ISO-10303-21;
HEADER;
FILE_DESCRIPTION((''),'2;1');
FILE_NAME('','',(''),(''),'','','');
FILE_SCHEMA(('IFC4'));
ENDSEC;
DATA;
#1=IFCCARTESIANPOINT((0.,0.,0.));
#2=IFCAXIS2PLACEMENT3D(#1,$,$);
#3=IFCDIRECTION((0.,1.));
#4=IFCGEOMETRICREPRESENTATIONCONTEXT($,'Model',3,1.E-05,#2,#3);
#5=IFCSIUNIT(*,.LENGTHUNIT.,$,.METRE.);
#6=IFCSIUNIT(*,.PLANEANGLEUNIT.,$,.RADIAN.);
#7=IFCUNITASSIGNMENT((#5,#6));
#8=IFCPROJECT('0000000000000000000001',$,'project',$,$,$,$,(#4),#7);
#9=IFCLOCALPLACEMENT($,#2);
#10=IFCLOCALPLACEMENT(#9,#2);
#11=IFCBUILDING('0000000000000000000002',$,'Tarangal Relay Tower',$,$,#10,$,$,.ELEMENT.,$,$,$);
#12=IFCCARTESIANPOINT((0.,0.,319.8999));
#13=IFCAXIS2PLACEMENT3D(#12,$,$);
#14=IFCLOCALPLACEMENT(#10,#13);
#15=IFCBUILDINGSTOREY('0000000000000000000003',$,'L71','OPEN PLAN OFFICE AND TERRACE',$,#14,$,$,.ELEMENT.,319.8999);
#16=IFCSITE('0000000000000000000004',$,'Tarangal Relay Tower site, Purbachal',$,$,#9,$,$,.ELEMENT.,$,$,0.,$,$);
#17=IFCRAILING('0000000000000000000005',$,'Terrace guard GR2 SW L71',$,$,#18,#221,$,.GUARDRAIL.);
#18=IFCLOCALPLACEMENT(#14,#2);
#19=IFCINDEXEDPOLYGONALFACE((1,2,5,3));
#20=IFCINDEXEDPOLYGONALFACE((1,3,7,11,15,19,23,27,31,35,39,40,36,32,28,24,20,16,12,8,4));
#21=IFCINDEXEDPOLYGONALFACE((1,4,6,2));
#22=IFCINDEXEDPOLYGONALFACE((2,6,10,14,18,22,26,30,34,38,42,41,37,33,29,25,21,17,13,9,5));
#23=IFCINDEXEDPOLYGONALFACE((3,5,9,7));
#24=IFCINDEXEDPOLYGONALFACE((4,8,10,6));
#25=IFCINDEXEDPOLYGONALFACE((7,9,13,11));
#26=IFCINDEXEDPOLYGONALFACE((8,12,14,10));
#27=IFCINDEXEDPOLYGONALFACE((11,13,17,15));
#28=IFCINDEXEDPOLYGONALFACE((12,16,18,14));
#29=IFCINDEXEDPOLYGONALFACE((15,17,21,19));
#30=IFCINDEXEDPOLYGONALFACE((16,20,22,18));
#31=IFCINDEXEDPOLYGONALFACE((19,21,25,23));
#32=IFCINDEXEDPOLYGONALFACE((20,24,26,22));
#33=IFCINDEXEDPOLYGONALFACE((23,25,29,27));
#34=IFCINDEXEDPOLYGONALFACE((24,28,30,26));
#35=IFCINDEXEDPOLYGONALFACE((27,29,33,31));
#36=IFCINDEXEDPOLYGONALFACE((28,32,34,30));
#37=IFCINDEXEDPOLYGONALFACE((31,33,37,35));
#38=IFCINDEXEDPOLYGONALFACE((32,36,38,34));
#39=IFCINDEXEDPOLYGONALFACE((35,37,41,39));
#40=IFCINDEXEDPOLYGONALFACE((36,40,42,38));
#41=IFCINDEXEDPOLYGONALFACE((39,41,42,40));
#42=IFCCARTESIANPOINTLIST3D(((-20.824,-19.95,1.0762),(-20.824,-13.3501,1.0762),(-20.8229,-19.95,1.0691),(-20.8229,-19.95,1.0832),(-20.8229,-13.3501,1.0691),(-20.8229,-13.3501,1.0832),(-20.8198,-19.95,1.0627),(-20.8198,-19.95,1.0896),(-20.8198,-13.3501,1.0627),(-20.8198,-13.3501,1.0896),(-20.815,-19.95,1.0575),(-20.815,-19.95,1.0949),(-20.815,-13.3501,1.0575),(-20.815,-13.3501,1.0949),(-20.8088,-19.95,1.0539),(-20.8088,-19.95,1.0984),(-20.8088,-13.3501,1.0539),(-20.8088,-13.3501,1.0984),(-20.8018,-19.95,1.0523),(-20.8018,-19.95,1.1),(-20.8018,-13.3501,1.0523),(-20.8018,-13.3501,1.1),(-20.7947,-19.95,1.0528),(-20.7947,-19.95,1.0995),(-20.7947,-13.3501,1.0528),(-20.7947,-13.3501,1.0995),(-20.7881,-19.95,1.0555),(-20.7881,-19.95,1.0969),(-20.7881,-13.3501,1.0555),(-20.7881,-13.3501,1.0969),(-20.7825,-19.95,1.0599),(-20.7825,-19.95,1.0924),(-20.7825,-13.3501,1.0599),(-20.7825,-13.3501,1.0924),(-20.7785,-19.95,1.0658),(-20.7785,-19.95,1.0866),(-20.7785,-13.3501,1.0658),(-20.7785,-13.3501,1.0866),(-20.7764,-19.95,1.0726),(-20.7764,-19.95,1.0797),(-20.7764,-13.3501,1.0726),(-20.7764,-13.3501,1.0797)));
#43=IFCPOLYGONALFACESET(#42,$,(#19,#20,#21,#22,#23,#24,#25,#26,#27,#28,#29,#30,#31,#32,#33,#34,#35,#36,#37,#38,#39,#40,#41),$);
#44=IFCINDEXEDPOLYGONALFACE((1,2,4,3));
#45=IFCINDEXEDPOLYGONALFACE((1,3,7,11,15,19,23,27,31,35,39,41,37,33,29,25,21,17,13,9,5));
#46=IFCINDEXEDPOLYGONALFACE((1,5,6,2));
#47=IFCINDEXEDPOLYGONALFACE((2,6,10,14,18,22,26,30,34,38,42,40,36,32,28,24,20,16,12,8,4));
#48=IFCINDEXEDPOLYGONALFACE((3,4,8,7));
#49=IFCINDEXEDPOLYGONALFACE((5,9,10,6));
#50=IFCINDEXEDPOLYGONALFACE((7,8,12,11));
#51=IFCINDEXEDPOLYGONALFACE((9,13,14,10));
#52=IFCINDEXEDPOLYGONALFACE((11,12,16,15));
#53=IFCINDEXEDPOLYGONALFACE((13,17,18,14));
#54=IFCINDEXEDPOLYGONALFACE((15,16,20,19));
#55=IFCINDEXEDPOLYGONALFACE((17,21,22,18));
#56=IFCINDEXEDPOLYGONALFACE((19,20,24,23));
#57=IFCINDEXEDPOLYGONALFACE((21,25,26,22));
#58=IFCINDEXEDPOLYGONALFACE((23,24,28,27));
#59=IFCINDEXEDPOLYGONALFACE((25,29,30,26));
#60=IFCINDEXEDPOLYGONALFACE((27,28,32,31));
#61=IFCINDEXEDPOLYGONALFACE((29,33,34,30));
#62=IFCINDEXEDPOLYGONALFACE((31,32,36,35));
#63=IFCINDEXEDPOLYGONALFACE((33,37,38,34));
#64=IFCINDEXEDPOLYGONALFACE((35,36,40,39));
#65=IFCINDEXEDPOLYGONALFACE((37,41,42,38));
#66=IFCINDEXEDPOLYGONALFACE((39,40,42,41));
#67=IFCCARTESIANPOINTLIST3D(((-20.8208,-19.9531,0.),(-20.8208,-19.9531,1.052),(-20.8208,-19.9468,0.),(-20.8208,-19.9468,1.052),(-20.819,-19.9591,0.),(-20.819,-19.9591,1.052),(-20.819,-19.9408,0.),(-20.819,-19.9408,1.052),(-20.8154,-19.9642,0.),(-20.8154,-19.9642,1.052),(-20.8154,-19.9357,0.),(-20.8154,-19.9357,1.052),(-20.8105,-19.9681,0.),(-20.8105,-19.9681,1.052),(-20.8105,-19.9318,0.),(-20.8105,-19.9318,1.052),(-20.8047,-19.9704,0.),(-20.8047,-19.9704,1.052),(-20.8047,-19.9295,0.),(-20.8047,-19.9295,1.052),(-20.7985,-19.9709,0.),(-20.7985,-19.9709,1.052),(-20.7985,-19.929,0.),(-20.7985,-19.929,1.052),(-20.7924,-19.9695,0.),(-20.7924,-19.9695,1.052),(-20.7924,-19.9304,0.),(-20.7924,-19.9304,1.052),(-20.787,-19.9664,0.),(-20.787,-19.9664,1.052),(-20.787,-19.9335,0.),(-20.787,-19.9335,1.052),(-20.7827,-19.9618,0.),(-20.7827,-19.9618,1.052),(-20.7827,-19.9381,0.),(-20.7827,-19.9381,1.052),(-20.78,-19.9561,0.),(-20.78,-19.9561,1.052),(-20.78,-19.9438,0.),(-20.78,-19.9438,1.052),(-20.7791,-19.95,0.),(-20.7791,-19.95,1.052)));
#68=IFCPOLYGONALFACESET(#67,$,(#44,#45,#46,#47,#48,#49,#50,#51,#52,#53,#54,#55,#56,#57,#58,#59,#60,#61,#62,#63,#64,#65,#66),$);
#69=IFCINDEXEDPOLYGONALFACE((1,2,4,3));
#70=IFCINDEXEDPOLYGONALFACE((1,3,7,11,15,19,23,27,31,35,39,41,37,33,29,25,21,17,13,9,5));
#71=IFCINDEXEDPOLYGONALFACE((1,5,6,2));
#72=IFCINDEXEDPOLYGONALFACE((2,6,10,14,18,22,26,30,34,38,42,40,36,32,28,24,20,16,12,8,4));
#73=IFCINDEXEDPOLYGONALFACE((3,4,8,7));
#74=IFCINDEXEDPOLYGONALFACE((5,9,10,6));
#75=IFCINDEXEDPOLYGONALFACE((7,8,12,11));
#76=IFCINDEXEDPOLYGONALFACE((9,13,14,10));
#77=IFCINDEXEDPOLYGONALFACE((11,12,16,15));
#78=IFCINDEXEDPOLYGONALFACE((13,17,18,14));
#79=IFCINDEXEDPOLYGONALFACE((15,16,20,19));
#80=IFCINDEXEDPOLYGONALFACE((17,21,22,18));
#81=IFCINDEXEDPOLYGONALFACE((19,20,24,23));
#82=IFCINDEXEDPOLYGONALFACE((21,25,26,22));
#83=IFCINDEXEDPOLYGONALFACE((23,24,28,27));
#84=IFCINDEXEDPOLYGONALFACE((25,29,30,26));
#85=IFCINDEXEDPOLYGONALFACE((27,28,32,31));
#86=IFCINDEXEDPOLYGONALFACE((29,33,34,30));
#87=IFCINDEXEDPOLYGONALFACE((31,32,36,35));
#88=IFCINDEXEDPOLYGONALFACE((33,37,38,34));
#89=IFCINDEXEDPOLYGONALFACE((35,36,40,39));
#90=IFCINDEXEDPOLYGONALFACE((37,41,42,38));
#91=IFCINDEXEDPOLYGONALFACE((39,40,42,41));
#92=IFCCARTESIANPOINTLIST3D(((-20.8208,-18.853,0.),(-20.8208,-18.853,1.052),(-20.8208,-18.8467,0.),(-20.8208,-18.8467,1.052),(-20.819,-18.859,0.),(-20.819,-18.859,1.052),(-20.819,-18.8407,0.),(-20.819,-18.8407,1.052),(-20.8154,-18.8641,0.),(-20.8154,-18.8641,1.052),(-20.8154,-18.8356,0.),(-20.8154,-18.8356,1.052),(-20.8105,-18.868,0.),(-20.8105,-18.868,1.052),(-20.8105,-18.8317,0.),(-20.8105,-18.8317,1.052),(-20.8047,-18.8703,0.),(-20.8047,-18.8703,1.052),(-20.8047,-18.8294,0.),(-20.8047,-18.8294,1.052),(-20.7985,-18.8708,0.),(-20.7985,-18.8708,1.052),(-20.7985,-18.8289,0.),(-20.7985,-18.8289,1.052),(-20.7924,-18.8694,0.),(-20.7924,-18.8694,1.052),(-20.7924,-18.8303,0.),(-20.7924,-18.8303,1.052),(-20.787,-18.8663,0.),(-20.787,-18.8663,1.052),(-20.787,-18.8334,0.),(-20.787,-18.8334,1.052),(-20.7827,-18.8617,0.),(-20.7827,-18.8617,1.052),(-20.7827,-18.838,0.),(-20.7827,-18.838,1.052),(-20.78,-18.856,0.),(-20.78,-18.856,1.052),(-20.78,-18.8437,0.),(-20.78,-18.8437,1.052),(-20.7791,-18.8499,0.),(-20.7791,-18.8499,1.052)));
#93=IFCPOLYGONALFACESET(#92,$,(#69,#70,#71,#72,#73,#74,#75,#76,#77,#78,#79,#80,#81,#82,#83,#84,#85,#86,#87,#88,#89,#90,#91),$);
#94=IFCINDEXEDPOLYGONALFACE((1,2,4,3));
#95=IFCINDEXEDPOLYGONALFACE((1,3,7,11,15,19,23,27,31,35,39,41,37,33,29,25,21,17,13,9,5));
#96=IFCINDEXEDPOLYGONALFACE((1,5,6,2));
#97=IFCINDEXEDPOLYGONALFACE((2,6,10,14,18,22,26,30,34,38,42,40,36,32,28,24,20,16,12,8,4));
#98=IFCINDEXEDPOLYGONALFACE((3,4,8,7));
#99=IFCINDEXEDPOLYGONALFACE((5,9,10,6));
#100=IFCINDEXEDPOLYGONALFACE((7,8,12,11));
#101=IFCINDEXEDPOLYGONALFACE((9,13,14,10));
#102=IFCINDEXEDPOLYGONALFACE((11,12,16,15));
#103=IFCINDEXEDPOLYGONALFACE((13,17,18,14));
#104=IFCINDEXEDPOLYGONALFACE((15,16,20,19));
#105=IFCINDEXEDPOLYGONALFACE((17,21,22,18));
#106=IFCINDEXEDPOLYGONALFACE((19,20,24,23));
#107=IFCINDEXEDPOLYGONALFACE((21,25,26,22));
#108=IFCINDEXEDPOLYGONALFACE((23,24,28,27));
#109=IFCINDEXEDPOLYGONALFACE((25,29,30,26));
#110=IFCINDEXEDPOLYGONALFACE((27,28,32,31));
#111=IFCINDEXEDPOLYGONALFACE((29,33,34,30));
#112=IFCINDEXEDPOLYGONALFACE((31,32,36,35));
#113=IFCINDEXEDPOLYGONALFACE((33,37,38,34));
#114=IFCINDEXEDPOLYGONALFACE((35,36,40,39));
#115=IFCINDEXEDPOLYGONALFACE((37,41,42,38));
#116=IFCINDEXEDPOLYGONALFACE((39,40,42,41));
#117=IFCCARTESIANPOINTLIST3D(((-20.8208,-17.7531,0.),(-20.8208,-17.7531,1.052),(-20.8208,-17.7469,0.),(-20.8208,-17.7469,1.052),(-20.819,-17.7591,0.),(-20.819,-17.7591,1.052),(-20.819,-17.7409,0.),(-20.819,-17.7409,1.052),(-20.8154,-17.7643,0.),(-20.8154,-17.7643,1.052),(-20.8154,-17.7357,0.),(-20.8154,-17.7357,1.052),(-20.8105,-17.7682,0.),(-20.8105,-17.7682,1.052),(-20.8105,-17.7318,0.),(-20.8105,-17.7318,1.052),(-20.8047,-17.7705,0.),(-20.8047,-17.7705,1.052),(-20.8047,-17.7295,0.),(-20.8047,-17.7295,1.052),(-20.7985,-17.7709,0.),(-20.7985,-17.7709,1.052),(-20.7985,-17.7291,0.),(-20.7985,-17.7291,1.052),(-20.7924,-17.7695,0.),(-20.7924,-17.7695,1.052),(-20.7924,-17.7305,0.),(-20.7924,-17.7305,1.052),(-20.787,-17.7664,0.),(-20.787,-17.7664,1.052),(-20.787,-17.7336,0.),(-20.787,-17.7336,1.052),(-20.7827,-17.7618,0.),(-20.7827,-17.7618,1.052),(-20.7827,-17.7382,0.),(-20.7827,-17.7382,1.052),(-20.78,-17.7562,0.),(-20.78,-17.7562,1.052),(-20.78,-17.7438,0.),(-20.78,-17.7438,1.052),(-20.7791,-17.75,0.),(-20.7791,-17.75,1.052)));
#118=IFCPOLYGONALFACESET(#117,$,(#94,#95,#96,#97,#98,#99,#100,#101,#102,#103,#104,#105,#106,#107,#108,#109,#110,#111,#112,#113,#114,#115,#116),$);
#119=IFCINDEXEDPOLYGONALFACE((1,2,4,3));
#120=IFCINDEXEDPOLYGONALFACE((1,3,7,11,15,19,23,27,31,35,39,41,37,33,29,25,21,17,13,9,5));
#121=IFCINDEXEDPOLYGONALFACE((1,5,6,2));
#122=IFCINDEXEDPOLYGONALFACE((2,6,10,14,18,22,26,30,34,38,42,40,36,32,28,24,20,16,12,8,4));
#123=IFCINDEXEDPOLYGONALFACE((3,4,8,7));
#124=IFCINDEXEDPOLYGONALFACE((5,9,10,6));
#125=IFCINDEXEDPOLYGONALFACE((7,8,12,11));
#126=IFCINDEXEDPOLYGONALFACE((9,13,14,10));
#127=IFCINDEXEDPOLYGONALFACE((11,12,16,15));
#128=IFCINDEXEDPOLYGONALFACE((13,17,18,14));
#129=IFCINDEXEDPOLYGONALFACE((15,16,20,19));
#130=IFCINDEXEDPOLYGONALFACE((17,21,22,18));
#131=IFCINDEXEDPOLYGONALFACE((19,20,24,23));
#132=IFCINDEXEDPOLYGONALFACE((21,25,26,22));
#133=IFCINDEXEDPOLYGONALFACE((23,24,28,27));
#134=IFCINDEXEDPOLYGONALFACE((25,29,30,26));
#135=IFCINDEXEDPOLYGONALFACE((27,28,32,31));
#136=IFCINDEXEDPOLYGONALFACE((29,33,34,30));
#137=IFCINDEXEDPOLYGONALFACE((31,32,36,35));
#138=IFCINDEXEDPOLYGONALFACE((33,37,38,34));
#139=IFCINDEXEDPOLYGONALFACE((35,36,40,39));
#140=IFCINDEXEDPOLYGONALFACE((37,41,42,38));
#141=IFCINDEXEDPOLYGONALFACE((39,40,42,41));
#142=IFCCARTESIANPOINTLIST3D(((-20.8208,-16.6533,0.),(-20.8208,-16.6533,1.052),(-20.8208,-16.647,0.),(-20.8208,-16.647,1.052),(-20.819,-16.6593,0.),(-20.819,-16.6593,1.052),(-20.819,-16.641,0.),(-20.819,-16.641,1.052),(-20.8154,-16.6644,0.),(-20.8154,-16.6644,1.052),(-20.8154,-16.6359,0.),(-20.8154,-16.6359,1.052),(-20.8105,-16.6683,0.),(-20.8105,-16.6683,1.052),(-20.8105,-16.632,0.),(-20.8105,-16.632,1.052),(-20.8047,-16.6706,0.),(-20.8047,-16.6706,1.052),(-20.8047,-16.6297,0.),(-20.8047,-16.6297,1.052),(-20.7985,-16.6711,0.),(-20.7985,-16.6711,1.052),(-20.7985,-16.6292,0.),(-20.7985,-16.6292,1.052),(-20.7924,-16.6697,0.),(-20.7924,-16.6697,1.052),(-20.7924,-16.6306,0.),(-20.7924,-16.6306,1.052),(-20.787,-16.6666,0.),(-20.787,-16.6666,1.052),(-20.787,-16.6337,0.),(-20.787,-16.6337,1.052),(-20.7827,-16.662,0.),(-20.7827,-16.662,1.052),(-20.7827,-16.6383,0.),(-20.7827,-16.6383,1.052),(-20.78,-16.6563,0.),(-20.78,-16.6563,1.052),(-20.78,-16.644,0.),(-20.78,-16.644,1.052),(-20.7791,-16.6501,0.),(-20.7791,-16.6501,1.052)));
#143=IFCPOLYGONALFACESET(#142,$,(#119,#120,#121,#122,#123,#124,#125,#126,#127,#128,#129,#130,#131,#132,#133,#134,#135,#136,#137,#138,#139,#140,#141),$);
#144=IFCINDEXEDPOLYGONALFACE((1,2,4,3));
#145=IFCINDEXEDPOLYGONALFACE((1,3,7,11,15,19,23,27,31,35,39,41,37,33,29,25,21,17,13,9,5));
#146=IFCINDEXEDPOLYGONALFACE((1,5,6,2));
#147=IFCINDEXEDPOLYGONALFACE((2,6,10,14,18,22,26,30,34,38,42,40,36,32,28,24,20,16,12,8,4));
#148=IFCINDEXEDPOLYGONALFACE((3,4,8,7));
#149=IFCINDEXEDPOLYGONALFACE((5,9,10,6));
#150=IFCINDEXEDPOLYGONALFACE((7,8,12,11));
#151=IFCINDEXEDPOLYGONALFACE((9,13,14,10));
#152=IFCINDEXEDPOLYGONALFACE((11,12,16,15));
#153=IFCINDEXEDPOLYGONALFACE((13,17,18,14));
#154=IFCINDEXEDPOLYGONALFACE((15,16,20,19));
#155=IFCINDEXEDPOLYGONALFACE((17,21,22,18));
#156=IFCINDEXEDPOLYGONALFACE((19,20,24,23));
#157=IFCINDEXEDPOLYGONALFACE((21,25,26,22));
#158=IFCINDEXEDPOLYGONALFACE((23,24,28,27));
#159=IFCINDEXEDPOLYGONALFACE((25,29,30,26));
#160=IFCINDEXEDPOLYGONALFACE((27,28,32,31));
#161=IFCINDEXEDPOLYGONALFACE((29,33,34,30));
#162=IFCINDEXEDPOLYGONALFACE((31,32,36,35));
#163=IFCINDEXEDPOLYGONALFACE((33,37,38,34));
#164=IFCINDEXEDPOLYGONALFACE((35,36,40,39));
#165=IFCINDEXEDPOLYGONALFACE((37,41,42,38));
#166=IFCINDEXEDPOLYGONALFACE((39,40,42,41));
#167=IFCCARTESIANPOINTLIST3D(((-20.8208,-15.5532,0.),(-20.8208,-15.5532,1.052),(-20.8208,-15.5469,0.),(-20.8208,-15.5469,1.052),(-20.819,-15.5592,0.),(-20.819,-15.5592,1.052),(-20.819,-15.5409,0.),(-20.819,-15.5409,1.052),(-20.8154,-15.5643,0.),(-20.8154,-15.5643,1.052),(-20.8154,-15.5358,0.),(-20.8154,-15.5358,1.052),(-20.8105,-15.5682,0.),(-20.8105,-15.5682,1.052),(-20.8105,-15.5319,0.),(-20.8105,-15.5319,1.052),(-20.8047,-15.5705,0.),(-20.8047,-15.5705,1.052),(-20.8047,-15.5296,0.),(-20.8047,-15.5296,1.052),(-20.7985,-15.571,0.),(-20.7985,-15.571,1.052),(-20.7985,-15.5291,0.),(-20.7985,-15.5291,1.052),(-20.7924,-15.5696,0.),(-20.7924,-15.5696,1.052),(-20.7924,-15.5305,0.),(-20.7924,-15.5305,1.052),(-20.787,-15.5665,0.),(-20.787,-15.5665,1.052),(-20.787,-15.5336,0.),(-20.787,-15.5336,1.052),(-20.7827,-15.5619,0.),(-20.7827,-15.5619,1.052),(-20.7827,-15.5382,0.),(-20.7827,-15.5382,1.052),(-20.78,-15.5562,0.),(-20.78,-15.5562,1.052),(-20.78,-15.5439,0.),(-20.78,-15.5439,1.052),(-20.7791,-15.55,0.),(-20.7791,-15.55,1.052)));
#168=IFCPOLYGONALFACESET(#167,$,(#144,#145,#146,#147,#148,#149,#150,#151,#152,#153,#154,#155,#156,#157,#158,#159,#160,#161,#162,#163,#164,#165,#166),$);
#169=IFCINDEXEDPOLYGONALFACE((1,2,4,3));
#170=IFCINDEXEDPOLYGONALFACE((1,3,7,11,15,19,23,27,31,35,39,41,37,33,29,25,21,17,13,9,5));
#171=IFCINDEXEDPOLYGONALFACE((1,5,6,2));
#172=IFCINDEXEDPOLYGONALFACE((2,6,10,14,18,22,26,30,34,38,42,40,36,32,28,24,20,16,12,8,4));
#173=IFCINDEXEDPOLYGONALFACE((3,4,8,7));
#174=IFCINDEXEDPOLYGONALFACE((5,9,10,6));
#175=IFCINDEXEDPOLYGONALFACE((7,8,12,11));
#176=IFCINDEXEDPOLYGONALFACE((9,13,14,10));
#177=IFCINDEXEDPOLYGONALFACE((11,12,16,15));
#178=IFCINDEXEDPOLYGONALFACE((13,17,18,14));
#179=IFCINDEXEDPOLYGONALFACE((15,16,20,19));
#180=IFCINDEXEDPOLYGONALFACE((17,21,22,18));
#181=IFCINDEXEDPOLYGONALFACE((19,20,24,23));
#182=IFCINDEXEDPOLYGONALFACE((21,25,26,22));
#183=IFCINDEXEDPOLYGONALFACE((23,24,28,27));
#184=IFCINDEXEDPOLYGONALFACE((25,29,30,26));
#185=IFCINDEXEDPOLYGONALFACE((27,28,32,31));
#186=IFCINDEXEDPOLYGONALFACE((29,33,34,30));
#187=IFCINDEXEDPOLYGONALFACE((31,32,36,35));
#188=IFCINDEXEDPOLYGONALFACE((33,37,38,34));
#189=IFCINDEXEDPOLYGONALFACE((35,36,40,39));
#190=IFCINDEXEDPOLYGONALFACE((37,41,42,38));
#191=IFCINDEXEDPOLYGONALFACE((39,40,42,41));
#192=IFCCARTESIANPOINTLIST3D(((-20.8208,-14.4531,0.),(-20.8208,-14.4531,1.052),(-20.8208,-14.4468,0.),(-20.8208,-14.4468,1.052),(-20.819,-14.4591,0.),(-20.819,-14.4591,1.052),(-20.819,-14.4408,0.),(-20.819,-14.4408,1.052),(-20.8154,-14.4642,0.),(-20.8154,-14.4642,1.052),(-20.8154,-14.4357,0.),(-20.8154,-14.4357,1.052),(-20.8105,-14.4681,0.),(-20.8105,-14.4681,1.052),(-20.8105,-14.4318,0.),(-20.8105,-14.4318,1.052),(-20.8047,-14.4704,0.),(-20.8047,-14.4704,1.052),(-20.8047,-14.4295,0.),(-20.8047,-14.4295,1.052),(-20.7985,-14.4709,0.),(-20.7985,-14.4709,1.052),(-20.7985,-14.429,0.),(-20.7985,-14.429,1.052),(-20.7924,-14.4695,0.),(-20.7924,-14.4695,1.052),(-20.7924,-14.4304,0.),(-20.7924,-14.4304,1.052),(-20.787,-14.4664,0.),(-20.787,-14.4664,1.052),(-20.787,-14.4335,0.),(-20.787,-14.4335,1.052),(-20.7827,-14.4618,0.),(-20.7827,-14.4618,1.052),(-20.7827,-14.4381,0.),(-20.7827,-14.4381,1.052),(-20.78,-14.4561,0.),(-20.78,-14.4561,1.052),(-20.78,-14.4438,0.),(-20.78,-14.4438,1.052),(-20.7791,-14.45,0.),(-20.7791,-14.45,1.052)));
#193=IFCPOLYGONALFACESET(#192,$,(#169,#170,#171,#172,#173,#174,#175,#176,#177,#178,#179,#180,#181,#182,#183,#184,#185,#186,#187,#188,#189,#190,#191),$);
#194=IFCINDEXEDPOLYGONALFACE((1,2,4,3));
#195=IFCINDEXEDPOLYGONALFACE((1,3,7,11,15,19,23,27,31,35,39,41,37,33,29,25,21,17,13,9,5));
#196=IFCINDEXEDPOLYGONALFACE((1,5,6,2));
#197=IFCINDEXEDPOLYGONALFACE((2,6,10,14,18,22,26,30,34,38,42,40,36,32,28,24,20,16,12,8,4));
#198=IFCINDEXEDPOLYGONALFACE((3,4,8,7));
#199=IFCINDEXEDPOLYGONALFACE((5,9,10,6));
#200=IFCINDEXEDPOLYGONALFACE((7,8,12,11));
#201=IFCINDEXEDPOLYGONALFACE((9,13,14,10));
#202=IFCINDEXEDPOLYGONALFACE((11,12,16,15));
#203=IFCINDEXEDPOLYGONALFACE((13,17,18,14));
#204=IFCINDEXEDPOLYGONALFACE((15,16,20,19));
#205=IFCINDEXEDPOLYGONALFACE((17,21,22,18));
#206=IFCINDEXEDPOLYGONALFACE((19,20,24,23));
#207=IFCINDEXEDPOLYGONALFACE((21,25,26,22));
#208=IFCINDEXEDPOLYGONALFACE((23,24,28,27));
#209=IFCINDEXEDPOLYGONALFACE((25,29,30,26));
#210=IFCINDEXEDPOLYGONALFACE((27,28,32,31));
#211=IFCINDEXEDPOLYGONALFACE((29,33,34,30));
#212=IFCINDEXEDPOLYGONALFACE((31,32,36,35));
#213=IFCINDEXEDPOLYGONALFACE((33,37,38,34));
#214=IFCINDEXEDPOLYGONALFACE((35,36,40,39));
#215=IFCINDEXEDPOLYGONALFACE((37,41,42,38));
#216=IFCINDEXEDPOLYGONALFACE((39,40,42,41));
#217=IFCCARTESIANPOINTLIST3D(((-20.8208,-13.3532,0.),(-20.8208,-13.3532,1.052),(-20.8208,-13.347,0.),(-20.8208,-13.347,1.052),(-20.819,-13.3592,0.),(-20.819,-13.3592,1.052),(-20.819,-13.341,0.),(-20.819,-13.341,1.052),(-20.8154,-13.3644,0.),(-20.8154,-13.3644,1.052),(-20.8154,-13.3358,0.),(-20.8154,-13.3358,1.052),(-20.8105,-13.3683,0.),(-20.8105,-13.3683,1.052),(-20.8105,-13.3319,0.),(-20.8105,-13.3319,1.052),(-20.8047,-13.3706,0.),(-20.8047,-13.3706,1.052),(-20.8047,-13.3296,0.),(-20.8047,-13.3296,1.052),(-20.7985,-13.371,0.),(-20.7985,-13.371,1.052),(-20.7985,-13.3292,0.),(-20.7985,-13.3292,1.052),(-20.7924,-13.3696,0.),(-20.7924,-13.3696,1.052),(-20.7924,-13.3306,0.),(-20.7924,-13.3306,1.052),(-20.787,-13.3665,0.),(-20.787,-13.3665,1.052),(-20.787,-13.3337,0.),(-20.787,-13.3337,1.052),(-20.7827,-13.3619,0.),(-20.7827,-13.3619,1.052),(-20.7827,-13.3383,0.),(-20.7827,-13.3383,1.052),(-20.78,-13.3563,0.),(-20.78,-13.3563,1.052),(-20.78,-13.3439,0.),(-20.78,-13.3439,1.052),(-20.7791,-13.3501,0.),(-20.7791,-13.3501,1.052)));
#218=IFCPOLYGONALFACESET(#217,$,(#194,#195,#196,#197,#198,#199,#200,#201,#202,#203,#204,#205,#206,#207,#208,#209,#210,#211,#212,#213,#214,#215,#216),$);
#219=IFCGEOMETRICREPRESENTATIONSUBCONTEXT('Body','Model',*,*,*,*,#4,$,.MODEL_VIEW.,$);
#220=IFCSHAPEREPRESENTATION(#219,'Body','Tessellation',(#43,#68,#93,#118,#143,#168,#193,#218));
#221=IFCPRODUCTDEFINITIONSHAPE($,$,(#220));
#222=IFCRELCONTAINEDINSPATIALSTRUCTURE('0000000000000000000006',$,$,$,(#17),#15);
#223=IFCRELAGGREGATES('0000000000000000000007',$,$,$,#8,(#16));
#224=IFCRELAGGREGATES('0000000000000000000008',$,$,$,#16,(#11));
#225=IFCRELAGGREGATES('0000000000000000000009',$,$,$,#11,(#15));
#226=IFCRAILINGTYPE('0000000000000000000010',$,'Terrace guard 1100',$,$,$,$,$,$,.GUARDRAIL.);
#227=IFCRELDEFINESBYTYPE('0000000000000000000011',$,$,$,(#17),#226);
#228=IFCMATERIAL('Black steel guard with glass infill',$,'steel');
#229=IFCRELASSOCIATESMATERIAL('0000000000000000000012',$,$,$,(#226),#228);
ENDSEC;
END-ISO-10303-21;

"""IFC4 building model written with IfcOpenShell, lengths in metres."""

from ifc_helpers import new_model, si_unit, direction, frame, origin, origin_2d, place, context, subcontext, project, spatial, circle, extrude, material, type_object, element, save


model = new_model("IFC4")

# Units and contexts
model_context = context("Model", 3, precision=1e-05, world=origin(), true_north=direction((0.0, 1.0)))
body_context = subcontext(model_context, "Body", "Model", "MODEL_VIEW")
ifc_project = project(units=[si_unit("LENGTHUNIT", "METRE"), si_unit("PLANEANGLEUNIT", "RADIAN")], contexts=[model_context])

# Site, building, storey
site_placement = place(None, origin())
site = spatial("IfcSite", under=ifc_project, at=site_placement, Name="Tarangal Relay Tower site, Purbachal", CompositionType="ELEMENT", RefElevation=0.0)
building_placement = place(site_placement, origin())
building = spatial("IfcBuilding", under=site, at=building_placement, Name="Tarangal Relay Tower", CompositionType="ELEMENT")
storey_placement = place(building_placement, frame((0.0, 0.0, 319.8999)))
storey = spatial("IfcBuildingStorey", under=building, at=storey_placement, Name="L71", Description="OPEN PLAN OFFICE AND TERRACE", CompositionType="ELEMENT", Elevation=319.8999)

# Railing
ifc_material_1 = material(Name="Black steel guard with glass infill", Category="steel")
railing_type = type_object("IfcRailingType", Name="Terrace guard 1100", PredefinedType="GUARDRAIL", material=ifc_material_1)
railing_1_placement = place(storey_placement, frame((-20.8, -19.95, 0.0)))
element("IfcRailing", 1, at=railing_1_placement, inside=storey, type_object=railing_type, Name="Terrace guard GR2 SW L71", PredefinedType="GUARDRAIL", context=body_context, shape_type="SweptSolid", body=[
    extrude(circle(Radius=0.0239, at=origin_2d()), frame((0.0, 0.0, 1.0762), z_axis=(0.0, 1.0, 0.0), x_axis=(-1.0, 0.0, 0.0)), (0.0, 0.0, 1.0), 6.5999),
    extrude(circle(Radius=0.021, at=origin_2d()), origin(), (0.0, 0.0, 1.0), 1.052),
    extrude(circle(Radius=0.021, at=origin_2d()), frame((0.0, 1.1001, 0.0)), (0.0, 0.0, 1.0), 1.052),
    extrude(circle(Radius=0.021, at=origin_2d()), frame((0.0, 2.2, 0.0)), (0.0, 0.0, 1.0), 1.052),
    extrude(circle(Radius=0.021, at=origin_2d()), frame((0.0, 3.2998, 0.0)), (0.0, 0.0, 1.0), 1.052),
    extrude(circle(Radius=0.021, at=origin_2d()), frame((0.0, 4.3999, 0.0)), (0.0, 0.0, 1.0), 1.052),
    extrude(circle(Radius=0.021, at=origin_2d()), frame((0.0, 5.5, 0.0)), (0.0, 0.0, 1.0), 1.052),
    extrude(circle(Radius=0.021, at=origin_2d()), frame((0.0, 6.5999, 0.0)), (0.0, 0.0, 1.0), 1.052),
])

save(model, "model.ifc")
